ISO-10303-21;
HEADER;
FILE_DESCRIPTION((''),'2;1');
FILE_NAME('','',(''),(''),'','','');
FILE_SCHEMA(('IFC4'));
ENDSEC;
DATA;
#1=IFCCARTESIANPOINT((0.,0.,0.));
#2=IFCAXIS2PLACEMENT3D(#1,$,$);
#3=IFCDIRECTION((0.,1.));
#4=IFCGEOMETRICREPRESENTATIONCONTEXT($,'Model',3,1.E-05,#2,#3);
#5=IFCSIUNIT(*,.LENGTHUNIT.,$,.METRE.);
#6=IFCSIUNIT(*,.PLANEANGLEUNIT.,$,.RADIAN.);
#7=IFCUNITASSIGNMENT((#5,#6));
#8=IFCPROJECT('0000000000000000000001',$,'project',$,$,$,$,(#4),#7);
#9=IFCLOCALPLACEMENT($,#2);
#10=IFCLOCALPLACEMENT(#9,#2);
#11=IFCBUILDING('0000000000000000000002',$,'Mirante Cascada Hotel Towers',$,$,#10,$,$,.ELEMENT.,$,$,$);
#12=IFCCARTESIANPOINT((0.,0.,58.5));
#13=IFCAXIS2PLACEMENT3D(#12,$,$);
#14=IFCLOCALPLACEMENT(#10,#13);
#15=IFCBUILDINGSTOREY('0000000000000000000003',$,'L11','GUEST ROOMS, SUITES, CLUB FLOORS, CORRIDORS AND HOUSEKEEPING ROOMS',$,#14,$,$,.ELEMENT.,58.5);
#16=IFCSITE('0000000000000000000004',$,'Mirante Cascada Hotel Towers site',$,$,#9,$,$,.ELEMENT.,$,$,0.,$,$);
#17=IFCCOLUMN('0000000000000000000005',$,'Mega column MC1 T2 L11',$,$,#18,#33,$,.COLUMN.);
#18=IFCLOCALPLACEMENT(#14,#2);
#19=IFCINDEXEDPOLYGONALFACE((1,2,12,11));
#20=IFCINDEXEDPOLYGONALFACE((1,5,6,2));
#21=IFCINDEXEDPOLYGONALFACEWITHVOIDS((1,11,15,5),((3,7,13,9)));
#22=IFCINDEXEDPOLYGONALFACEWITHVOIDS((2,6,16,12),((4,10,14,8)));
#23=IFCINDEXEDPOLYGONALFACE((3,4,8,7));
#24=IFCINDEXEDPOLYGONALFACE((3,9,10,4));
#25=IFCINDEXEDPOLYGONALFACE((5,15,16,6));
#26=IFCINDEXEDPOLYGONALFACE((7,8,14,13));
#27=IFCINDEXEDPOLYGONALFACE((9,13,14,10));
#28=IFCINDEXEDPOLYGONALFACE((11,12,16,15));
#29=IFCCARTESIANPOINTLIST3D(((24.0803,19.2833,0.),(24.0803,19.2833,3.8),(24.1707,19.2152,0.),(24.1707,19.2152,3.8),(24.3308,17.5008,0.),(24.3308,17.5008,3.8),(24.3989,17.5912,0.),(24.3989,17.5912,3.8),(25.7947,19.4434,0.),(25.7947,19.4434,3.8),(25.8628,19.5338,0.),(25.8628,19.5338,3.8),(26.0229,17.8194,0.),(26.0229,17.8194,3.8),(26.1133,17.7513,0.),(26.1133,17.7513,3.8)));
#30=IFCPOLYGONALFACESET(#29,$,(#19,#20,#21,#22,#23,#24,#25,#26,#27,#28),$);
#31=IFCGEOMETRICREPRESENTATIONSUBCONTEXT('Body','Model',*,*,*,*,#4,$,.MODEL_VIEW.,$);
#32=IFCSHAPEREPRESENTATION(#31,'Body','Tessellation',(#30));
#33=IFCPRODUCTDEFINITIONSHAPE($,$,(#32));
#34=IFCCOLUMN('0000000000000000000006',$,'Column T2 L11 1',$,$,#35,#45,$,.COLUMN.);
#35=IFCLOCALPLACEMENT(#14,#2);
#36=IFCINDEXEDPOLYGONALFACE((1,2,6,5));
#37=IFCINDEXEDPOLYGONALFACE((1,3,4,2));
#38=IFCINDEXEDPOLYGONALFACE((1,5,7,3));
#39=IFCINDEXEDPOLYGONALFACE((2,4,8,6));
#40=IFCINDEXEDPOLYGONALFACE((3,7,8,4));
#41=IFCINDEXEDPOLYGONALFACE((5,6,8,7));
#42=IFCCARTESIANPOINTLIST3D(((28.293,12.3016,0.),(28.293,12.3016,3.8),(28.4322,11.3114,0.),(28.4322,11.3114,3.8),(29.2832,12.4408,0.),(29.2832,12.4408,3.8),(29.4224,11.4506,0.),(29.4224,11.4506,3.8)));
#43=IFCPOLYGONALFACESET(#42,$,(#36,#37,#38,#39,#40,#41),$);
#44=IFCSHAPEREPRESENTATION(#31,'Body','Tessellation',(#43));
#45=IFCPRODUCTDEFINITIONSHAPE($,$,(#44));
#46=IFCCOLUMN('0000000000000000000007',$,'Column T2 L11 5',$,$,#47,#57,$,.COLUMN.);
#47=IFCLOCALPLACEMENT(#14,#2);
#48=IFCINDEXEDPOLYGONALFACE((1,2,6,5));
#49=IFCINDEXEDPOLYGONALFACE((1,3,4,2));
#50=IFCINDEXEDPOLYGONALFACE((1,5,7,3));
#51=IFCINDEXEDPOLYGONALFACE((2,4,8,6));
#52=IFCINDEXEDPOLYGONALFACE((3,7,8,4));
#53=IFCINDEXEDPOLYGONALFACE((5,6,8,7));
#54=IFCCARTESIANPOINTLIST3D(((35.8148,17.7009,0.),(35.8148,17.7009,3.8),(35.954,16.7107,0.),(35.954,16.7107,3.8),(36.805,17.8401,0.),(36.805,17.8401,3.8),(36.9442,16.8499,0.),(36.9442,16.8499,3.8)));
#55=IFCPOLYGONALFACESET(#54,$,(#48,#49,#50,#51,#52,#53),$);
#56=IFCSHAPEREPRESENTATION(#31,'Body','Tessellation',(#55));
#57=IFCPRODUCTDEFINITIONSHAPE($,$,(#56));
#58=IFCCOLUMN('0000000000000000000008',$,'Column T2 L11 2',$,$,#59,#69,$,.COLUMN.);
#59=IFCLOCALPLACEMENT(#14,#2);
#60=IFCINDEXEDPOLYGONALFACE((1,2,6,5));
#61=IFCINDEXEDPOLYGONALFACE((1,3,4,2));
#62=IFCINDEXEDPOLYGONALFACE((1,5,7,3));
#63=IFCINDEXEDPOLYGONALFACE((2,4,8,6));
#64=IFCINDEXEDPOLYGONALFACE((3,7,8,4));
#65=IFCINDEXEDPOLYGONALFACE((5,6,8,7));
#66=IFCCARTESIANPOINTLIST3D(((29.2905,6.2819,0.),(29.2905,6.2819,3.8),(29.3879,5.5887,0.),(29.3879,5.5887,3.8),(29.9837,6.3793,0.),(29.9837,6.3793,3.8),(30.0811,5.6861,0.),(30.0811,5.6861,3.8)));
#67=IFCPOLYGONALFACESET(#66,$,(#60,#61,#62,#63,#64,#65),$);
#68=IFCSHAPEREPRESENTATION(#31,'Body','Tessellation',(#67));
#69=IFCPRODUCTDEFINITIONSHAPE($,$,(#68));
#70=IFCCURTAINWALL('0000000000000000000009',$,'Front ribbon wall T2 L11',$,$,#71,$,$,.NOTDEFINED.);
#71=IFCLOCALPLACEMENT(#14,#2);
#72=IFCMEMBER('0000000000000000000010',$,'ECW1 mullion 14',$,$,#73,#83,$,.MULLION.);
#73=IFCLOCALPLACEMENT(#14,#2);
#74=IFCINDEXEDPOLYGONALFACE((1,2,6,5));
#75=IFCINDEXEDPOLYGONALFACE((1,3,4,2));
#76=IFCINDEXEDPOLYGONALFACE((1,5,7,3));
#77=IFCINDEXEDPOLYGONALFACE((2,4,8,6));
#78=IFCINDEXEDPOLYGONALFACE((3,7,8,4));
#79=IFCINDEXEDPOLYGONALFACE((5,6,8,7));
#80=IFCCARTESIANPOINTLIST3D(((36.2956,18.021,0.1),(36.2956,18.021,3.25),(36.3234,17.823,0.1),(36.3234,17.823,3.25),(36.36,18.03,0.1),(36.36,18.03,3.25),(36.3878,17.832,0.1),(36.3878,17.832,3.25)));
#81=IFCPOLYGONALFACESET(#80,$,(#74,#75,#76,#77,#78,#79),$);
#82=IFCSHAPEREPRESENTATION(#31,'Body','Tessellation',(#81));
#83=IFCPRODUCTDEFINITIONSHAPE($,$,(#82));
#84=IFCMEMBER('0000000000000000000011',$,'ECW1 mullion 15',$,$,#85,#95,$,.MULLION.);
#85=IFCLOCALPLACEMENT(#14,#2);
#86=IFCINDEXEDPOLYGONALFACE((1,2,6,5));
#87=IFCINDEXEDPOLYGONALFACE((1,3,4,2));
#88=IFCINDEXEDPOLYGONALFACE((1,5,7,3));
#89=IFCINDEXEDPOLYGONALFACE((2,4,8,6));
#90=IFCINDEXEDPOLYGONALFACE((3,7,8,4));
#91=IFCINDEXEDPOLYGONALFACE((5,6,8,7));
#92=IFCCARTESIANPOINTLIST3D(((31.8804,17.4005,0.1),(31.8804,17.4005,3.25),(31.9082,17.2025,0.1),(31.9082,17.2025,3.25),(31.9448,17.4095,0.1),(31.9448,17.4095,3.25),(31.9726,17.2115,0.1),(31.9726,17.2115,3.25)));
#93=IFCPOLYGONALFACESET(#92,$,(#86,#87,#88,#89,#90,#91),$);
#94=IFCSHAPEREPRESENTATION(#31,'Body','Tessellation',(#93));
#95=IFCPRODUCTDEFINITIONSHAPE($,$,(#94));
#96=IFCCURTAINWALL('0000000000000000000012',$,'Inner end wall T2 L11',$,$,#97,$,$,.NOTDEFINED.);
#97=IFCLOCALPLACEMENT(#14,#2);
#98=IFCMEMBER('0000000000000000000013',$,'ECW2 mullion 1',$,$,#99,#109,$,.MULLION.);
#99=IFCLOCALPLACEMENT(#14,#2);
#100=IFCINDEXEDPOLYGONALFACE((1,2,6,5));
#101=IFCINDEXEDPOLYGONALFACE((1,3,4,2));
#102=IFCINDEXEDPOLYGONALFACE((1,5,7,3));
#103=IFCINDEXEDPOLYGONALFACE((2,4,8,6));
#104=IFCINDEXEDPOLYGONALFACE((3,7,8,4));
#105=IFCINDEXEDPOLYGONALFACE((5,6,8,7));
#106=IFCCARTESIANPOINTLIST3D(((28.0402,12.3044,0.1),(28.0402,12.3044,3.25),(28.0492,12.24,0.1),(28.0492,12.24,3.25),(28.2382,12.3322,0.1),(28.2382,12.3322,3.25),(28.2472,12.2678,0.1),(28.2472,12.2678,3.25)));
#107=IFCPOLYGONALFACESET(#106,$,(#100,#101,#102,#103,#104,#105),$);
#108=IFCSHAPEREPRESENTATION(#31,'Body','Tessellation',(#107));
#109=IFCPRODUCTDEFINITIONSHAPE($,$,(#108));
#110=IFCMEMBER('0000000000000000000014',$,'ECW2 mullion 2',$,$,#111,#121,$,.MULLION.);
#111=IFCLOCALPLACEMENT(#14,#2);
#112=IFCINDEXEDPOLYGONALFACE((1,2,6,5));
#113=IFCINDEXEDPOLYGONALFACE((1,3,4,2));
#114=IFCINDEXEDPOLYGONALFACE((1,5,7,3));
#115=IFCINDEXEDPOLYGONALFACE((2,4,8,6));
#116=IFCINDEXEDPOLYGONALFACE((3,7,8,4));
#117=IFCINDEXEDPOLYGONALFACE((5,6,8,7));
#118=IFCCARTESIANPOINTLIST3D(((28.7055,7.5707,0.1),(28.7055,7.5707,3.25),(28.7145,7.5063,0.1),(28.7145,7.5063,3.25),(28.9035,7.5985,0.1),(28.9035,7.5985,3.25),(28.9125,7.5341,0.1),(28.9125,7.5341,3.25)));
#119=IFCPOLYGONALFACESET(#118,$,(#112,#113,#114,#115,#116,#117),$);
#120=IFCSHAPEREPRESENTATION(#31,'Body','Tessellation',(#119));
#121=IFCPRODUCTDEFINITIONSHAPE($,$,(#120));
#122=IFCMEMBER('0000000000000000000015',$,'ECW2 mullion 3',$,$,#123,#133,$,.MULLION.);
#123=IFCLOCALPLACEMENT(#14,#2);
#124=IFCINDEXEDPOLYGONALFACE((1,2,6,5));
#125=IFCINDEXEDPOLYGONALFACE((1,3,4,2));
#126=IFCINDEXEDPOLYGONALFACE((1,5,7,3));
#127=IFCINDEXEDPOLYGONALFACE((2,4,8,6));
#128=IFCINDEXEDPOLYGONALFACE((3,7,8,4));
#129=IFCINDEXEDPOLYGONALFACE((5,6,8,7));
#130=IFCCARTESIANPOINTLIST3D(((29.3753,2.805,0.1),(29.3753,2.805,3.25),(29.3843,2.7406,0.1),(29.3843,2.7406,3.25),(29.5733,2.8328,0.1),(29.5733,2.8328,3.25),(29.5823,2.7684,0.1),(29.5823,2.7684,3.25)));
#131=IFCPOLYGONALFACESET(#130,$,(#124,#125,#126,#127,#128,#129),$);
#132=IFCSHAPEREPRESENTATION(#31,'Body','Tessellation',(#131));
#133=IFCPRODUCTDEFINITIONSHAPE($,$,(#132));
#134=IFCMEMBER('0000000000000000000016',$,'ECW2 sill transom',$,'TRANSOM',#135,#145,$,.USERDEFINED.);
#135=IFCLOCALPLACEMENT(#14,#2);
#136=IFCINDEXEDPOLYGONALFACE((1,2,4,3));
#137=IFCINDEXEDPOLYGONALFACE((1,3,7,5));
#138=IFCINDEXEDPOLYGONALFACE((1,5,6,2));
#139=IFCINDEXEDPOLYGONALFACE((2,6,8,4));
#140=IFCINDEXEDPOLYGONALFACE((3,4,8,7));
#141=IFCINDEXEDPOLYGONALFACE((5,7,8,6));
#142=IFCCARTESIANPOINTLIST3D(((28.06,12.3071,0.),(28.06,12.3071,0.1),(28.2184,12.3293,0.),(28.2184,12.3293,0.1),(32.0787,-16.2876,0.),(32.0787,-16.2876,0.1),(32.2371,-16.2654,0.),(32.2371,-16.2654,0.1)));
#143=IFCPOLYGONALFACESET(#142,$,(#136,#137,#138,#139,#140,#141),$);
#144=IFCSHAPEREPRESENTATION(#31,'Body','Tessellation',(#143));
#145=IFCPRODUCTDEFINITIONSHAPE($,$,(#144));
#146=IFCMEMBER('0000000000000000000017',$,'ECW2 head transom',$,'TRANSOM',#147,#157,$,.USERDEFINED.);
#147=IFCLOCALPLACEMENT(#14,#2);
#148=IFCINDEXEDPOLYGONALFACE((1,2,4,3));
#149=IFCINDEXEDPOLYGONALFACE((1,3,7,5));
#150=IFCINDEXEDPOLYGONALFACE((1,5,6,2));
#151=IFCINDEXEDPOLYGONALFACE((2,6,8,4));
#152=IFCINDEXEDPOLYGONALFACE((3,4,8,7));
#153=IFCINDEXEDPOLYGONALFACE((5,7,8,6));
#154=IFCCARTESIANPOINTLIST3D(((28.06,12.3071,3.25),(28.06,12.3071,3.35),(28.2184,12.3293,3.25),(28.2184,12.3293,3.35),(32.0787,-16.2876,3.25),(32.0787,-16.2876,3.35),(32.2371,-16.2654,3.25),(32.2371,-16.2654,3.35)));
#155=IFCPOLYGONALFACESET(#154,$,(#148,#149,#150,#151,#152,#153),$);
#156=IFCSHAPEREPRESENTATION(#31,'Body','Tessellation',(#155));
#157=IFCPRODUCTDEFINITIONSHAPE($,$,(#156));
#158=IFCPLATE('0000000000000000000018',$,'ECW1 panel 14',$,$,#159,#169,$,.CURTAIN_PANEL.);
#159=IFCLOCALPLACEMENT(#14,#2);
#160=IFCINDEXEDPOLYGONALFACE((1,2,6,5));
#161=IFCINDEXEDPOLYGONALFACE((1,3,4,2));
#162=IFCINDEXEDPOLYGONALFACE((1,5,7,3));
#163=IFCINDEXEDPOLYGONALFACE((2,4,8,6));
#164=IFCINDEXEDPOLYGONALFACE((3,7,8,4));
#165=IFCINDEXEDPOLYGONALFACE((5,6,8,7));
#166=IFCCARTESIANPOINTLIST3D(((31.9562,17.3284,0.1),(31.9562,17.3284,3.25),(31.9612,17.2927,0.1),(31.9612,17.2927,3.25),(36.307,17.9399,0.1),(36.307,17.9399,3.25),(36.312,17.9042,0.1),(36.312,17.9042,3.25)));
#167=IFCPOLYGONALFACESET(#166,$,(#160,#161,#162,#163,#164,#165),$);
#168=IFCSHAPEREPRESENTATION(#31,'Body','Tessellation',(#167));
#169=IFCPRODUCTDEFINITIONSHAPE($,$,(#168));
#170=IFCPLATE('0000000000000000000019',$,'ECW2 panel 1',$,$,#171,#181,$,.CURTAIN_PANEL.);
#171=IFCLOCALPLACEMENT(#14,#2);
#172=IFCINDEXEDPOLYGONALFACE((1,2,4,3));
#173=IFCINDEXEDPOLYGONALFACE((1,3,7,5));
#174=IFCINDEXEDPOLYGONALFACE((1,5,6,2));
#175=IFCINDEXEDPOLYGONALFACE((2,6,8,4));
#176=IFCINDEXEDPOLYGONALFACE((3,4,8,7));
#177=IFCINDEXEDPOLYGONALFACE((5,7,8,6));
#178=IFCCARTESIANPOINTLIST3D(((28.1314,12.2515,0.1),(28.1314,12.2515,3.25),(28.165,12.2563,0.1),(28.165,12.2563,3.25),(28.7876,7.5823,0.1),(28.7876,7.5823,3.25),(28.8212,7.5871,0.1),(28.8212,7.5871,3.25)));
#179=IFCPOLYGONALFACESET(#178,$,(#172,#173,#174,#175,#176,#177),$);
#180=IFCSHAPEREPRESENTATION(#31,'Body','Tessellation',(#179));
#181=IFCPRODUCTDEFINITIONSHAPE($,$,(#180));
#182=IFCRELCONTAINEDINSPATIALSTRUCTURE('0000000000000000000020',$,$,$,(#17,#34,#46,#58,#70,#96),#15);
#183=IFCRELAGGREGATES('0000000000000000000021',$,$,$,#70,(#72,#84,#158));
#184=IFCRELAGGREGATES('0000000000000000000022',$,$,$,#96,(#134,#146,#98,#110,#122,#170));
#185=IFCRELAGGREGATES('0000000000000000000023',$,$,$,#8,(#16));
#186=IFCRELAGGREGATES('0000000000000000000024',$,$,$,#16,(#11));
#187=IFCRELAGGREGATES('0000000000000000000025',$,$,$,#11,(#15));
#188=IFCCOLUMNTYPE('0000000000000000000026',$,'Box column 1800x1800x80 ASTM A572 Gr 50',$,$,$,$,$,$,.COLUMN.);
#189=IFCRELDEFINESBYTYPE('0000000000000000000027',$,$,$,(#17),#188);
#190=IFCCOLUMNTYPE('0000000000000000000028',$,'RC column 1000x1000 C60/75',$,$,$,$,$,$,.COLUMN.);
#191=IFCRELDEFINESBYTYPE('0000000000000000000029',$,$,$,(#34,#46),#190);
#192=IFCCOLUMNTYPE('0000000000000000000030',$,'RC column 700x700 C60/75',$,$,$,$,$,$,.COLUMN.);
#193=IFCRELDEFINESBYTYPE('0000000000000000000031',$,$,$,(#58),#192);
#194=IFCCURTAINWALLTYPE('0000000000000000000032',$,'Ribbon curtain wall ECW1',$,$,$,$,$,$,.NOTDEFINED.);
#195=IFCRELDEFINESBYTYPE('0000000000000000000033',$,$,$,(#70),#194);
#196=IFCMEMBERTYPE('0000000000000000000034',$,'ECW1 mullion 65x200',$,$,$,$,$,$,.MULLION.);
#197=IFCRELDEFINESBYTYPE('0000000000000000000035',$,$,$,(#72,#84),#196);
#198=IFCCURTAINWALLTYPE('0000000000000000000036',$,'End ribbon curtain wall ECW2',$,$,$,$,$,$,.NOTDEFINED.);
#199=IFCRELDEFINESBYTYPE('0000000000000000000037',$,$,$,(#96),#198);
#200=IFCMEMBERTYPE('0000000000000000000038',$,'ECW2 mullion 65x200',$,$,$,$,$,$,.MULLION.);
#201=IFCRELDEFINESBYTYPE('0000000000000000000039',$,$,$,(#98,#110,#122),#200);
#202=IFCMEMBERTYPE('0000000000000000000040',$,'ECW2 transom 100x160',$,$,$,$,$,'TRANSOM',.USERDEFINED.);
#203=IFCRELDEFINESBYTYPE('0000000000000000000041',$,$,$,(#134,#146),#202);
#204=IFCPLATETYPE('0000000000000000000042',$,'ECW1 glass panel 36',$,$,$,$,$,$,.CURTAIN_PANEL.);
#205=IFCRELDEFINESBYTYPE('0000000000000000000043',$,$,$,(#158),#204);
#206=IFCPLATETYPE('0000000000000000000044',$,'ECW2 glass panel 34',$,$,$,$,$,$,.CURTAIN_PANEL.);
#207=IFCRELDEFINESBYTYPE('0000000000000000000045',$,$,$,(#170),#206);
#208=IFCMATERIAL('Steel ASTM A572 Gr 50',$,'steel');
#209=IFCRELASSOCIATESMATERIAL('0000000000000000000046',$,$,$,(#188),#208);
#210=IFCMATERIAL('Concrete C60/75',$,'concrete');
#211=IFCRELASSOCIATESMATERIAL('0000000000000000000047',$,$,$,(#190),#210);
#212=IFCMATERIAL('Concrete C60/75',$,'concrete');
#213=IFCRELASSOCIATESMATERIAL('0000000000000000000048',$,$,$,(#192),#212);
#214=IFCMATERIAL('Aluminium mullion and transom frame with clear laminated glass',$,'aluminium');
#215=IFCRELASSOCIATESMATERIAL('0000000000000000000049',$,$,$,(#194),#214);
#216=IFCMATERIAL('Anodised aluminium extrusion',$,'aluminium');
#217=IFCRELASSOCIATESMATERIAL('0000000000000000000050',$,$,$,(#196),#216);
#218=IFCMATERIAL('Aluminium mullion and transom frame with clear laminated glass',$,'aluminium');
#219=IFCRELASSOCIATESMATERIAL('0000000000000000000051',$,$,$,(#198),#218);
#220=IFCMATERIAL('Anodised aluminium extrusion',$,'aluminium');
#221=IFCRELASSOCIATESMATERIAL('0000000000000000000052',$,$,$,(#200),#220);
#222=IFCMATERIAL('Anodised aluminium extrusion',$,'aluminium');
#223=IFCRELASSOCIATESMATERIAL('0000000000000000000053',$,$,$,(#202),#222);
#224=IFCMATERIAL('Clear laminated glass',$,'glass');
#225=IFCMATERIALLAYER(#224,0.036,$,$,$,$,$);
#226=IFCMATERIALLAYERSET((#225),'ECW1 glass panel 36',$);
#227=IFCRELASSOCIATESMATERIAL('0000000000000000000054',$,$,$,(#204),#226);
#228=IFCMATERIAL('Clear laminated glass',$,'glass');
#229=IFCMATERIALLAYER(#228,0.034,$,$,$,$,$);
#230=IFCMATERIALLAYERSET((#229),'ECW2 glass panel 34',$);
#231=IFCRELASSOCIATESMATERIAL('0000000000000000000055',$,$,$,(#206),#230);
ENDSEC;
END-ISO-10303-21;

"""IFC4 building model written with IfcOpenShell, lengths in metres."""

from ifc_helpers import new_model, si_unit, direction, frame, origin, origin_2d, place, context, subcontext, project, spatial, rectangle, hollow_rectangle, extrude, material, layer, layer_set, material_profile, profile_set, type_object, element, aggregate, save


model = new_model("IFC4")

# Units and contexts
model_context = context("Model", 3, precision=1e-05, world=origin(), true_north=direction((0.0, 1.0)))
body_context = subcontext(model_context, "Body", "Model", "MODEL_VIEW")
ifc_project = project(units=[si_unit("LENGTHUNIT", "METRE"), si_unit("PLANEANGLEUNIT", "RADIAN")], contexts=[model_context])

# Site, building, storey
site_placement = place(None, origin())
site = spatial("IfcSite", under=ifc_project, at=site_placement, Name="Mirante Cascada Hotel Towers site", CompositionType="ELEMENT", RefElevation=0.0)
building_placement = place(site_placement, origin())
building = spatial("IfcBuilding", under=site, at=building_placement, Name="Mirante Cascada Hotel Towers", CompositionType="ELEMENT")
storey_placement = place(building_placement, frame((0.0, 0.0, 58.5)))
storey = spatial("IfcBuildingStorey", under=building, at=storey_placement, Name="L11", Description="GUEST ROOMS, SUITES, CLUB FLOORS, CORRIDORS AND HOUSEKEEPING ROOMS", CompositionType="ELEMENT", Elevation=58.5)

# Columns
ifc_material_1 = material(Name="Steel ASTM A572 Gr 50", Category="steel")
ifc_material_profile_1 = material_profile(ifc_material_1, hollow_rectangle(XDim=1.8, YDim=1.8, WallThickness=0.08, at=origin_2d()), Name="Box column 1800x1800x80 ASTM A572 Gr 50")
ifc_profile_set_1 = profile_set([ifc_material_profile_1], Name="Steel ASTM A572 Gr 50")
column_type_1 = type_object("IfcColumnType", Name="Box column 1800x1800x80 ASTM A572 Gr 50", PredefinedType="COLUMN", material=ifc_profile_set_1)
column_1_placement = place(storey_placement, frame((25.0968, 18.5173, 0.0), z_axis=(0.0, 0.0, 1.0), x_axis=(0.990268, 0.139173, 0.0)))
element("IfcColumn", 1, at=column_1_placement, inside=storey, type_object=column_type_1, Name="Mega column MC1 T2 L11", PredefinedType="COLUMN", context=body_context, shape_type="SweptSolid", body=[
    extrude(hollow_rectangle(XDim=1.8, YDim=1.8, WallThickness=0.08, at=origin_2d()), origin(), (0.0, 0.0, 1.0), 3.8),
])
ifc_material_2 = material(Name="Concrete C60/75", Category="concrete")
ifc_material_profile_2 = material_profile(ifc_material_2, rectangle(XDim=1.0, YDim=1.0, at=origin_2d()), Name="RC column 1000x1000 C60/75")
ifc_profile_set_2 = profile_set([ifc_material_profile_2], Name="Concrete C60/75")
column_type_2 = type_object("IfcColumnType", Name="RC column 1000x1000 C60/75", PredefinedType="COLUMN", material=ifc_profile_set_2)
for number, where, z_axis, x_axis, name in (
    (2, (28.8577, 11.8761, 0.0), (0.0, 0.0, 1.0), (0.990268, 0.139173, 0.0), "Column T2 L11 1"),
    (3, (36.3795, 17.2754, 0.0), (0.0, 0.0, 1.0), (0.990268, 0.139173, 0.0), "Column T2 L11 5"),
):
    element("IfcColumn", number, at=place(storey_placement, frame(where, z_axis=z_axis, x_axis=x_axis)), inside=storey, type_object=column_type_2, Name=name, PredefinedType="COLUMN", context=body_context, shape_type="SweptSolid", body=[
        extrude(rectangle(XDim=1.0, YDim=1.0, at=origin_2d()), origin(), (0.0, 0.0, 1.0), 3.8),
    ])
ifc_material_3 = material(Name="Concrete C60/75", Category="concrete")
ifc_material_profile_3 = material_profile(ifc_material_3, rectangle(XDim=0.7, YDim=0.7, at=origin_2d()), Name="RC column 700x700 C60/75")
ifc_profile_set_3 = profile_set([ifc_material_profile_3], Name="Concrete C60/75")
column_type_3 = type_object("IfcColumnType", Name="RC column 700x700 C60/75", PredefinedType="COLUMN", material=ifc_profile_set_3)
column_2_placement = place(storey_placement, frame((29.6858, 5.984, 0.0), z_axis=(0.0, 0.0, 1.0), x_axis=(0.990268, 0.139173, 0.0)))
element("IfcColumn", 4, at=column_2_placement, inside=storey, type_object=column_type_3, Name="Column T2 L11 2", PredefinedType="COLUMN", context=body_context, shape_type="SweptSolid", body=[
    extrude(rectangle(XDim=0.7, YDim=0.7, at=origin_2d()), origin(), (0.0, 0.0, 1.0), 3.8),
])

# Curtain walls, members
ifc_material_4 = material(Name="Aluminium mullion and transom frame with clear laminated glass", Category="aluminium")
curtain_wall_type_1 = type_object("IfcCurtainWallType", Name="Ribbon curtain wall ECW1", PredefinedType="NOTDEFINED", material=ifc_material_4)
curtain_wall_1_placement = place(storey_placement, origin())
curtain_wall_1 = element("IfcCurtainWall", 5, at=curtain_wall_1_placement, inside=storey, type_object=curtain_wall_type_1, Name="Front ribbon wall T2 L11", PredefinedType="NOTDEFINED")
ifc_material_5 = material(Name="Anodised aluminium extrusion", Category="aluminium")
ifc_material_profile_4 = material_profile(ifc_material_5, rectangle(XDim=0.2, YDim=0.065, at=origin_2d()), Name="ECW1 MULLION 65x200")
ifc_profile_set_4 = profile_set([ifc_material_profile_4], Name="Anodised aluminium extrusion")
member_type_1 = type_object("IfcMemberType", Name="ECW1 mullion 65x200", PredefinedType="MULLION", material=ifc_profile_set_4)
member_1_placement = place(storey_placement, frame((36.3417, 17.9265, 0.1), z_axis=(0.0, 0.0, 1.0), x_axis=(0.139173, -0.990268, 0.0)))
member_1 = element("IfcMember", 6, at=member_1_placement, type_object=member_type_1, Name="ECW1 mullion 14", PredefinedType="MULLION", context=body_context, shape_type="SweptSolid", body=[
    extrude(rectangle(XDim=0.2, YDim=0.065, at=origin_2d()), origin(), (0.0, 0.0, 1.0), 3.15),
])
member_2_placement = place(storey_placement, frame((31.9265, 17.306, 0.1), z_axis=(0.0, 0.0, 1.0), x_axis=(0.139173, -0.990268, 0.0)))
member_2 = element("IfcMember", 7, at=member_2_placement, type_object=member_type_1, Name="ECW1 mullion 15", PredefinedType="MULLION", context=body_context, shape_type="SweptSolid", body=[
    extrude(rectangle(XDim=0.2, YDim=0.065, at=origin_2d()), origin(), (0.0, 0.0, 1.0), 3.15),
])
ifc_material_6 = material(Name="Aluminium mullion and transom frame with clear laminated glass", Category="aluminium")
curtain_wall_type_2 = type_object("IfcCurtainWallType", Name="End ribbon curtain wall ECW2", PredefinedType="NOTDEFINED", material=ifc_material_6)
curtain_wall_2_placement = place(storey_placement, origin())
curtain_wall_2 = element("IfcCurtainWall", 8, at=curtain_wall_2_placement, inside=storey, type_object=curtain_wall_type_2, Name="Inner end wall T2 L11", PredefinedType="NOTDEFINED")
ifc_material_7 = material(Name="Anodised aluminium extrusion", Category="aluminium")
ifc_material_profile_5 = material_profile(ifc_material_7, rectangle(XDim=0.2, YDim=0.065, at=origin_2d()), Name="ECW2 MULLION 65x200")
ifc_profile_set_5 = profile_set([ifc_material_profile_5], Name="Anodised aluminium extrusion")
member_type_2 = type_object("IfcMemberType", Name="ECW2 mullion 65x200", PredefinedType="MULLION", material=ifc_profile_set_5)
member_3_placement = place(storey_placement, frame((28.1437, 12.2861, 0.1), z_axis=(0.0, 0.0, 1.0), x_axis=(0.990268, 0.139173, 0.0)))
member_3 = element("IfcMember", 9, at=member_3_placement, type_object=member_type_2, Name="ECW2 mullion 1", PredefinedType="MULLION", context=body_context, shape_type="SweptSolid", body=[
    extrude(rectangle(XDim=0.2, YDim=0.065, at=origin_2d()), origin(), (0.0, 0.0, 1.0), 3.15),
])
member_4_placement = place(storey_placement, frame((28.809, 7.5524, 0.1), z_axis=(0.0, 0.0, 1.0), x_axis=(0.990268, 0.139173, 0.0)))
member_4 = element("IfcMember", 10, at=member_4_placement, type_object=member_type_2, Name="ECW2 mullion 2", PredefinedType="MULLION", context=body_context, shape_type="SweptSolid", body=[
    extrude(rectangle(XDim=0.2, YDim=0.065, at=origin_2d()), origin(), (0.0, 0.0, 1.0), 3.15),
])
member_5_placement = place(storey_placement, frame((29.4788, 2.7867, 0.1), z_axis=(0.0, 0.0, 1.0), x_axis=(0.990268, 0.139173, 0.0)))
member_5 = element("IfcMember", 11, at=member_5_placement, type_object=member_type_2, Name="ECW2 mullion 3", PredefinedType="MULLION", context=body_context, shape_type="SweptSolid", body=[
    extrude(rectangle(XDim=0.2, YDim=0.065, at=origin_2d()), origin(), (0.0, 0.0, 1.0), 3.15),
])
ifc_material_8 = material(Name="Anodised aluminium extrusion", Category="aluminium")
ifc_material_profile_6 = material_profile(ifc_material_8, rectangle(XDim=0.16, YDim=0.1, at=origin_2d()), Name="ECW2 TRANSOM 100x160")
ifc_profile_set_6 = profile_set([ifc_material_profile_6], Name="Anodised aluminium extrusion")
member_type_3 = type_object("IfcMemberType", Name="ECW2 transom 100x160", ElementType="TRANSOM", PredefinedType="USERDEFINED", material=ifc_profile_set_6)
member_6_placement = place(storey_placement, frame((28.1392, 12.3182, 0.05), z_axis=(0.139172, -0.990268, 0.0), x_axis=(0.990268, 0.139172, 0.0)))
member_6 = element("IfcMember", 12, at=member_6_placement, type_object=member_type_3, Name="ECW2 sill transom", ObjectType="TRANSOM", PredefinedType="USERDEFINED", context=body_context, shape_type="SweptSolid", body=[
    extrude(rectangle(XDim=0.16, YDim=0.1, at=origin_2d()), origin(), (0.0, 0.0, 1.0), 28.8757),
])
member_7_placement = place(storey_placement, frame((28.1392, 12.3182, 3.3), z_axis=(0.139172, -0.990268, 0.0), x_axis=(0.990268, 0.139172, 0.0)))
member_7 = element("IfcMember", 13, at=member_7_placement, type_object=member_type_3, Name="ECW2 head transom", ObjectType="TRANSOM", PredefinedType="USERDEFINED", context=body_context, shape_type="SweptSolid", body=[
    extrude(rectangle(XDim=0.16, YDim=0.1, at=origin_2d()), origin(), (0.0, 0.0, 1.0), 28.8757),
])

# Plates
ifc_material_9 = material(Name="Clear laminated glass", Category="glass")
ifc_layer_1 = layer(ifc_material_9, 0.036)
ifc_layer_set_1 = layer_set([ifc_layer_1], Name="ECW1 glass panel 36")
plate_type_1 = type_object("IfcPlateType", Name="ECW1 glass panel 36", PredefinedType="CURTAIN_PANEL", material=ifc_layer_set_1)
plate_1_placement = place(storey_placement, frame((34.1341, 17.6163, 0.1), z_axis=(0.0, 0.0, 1.0), x_axis=(-0.990268, -0.139173, 0.0)))
plate_1 = element("IfcPlate", 14, at=plate_1_placement, type_object=plate_type_1, Name="ECW1 panel 14", PredefinedType="CURTAIN_PANEL", context=body_context, shape_type="SweptSolid", body=[
    extrude(rectangle(XDim=4.3936, YDim=0.036, at=origin_2d()), origin(), (0.0, 0.0, 1.0), 3.15),
])
aggregate(curtain_wall_1, [member_1, member_2, plate_1])
ifc_material_10 = material(Name="Clear laminated glass", Category="glass")
ifc_layer_2 = layer(ifc_material_10, 0.034)
ifc_layer_set_2 = layer_set([ifc_layer_2], Name="ECW2 glass panel 34")
plate_type_2 = type_object("IfcPlateType", Name="ECW2 glass panel 34", PredefinedType="CURTAIN_PANEL", material=ifc_layer_set_2)
plate_2_placement = place(storey_placement, frame((28.4763, 9.9193, 0.1), z_axis=(0.0, 0.0, 1.0), x_axis=(0.139173, -0.990268, 0.0)))
plate_2 = element("IfcPlate", 15, at=plate_2_placement, type_object=plate_type_2, Name="ECW2 panel 1", PredefinedType="CURTAIN_PANEL", context=body_context, shape_type="SweptSolid", body=[
    extrude(rectangle(XDim=4.7151, YDim=0.034, at=origin_2d()), origin(), (0.0, 0.0, 1.0), 3.15),
])
aggregate(curtain_wall_2, [member_6, member_7, member_3, member_4, member_5, plate_2])

save(model, "model.ifc")
